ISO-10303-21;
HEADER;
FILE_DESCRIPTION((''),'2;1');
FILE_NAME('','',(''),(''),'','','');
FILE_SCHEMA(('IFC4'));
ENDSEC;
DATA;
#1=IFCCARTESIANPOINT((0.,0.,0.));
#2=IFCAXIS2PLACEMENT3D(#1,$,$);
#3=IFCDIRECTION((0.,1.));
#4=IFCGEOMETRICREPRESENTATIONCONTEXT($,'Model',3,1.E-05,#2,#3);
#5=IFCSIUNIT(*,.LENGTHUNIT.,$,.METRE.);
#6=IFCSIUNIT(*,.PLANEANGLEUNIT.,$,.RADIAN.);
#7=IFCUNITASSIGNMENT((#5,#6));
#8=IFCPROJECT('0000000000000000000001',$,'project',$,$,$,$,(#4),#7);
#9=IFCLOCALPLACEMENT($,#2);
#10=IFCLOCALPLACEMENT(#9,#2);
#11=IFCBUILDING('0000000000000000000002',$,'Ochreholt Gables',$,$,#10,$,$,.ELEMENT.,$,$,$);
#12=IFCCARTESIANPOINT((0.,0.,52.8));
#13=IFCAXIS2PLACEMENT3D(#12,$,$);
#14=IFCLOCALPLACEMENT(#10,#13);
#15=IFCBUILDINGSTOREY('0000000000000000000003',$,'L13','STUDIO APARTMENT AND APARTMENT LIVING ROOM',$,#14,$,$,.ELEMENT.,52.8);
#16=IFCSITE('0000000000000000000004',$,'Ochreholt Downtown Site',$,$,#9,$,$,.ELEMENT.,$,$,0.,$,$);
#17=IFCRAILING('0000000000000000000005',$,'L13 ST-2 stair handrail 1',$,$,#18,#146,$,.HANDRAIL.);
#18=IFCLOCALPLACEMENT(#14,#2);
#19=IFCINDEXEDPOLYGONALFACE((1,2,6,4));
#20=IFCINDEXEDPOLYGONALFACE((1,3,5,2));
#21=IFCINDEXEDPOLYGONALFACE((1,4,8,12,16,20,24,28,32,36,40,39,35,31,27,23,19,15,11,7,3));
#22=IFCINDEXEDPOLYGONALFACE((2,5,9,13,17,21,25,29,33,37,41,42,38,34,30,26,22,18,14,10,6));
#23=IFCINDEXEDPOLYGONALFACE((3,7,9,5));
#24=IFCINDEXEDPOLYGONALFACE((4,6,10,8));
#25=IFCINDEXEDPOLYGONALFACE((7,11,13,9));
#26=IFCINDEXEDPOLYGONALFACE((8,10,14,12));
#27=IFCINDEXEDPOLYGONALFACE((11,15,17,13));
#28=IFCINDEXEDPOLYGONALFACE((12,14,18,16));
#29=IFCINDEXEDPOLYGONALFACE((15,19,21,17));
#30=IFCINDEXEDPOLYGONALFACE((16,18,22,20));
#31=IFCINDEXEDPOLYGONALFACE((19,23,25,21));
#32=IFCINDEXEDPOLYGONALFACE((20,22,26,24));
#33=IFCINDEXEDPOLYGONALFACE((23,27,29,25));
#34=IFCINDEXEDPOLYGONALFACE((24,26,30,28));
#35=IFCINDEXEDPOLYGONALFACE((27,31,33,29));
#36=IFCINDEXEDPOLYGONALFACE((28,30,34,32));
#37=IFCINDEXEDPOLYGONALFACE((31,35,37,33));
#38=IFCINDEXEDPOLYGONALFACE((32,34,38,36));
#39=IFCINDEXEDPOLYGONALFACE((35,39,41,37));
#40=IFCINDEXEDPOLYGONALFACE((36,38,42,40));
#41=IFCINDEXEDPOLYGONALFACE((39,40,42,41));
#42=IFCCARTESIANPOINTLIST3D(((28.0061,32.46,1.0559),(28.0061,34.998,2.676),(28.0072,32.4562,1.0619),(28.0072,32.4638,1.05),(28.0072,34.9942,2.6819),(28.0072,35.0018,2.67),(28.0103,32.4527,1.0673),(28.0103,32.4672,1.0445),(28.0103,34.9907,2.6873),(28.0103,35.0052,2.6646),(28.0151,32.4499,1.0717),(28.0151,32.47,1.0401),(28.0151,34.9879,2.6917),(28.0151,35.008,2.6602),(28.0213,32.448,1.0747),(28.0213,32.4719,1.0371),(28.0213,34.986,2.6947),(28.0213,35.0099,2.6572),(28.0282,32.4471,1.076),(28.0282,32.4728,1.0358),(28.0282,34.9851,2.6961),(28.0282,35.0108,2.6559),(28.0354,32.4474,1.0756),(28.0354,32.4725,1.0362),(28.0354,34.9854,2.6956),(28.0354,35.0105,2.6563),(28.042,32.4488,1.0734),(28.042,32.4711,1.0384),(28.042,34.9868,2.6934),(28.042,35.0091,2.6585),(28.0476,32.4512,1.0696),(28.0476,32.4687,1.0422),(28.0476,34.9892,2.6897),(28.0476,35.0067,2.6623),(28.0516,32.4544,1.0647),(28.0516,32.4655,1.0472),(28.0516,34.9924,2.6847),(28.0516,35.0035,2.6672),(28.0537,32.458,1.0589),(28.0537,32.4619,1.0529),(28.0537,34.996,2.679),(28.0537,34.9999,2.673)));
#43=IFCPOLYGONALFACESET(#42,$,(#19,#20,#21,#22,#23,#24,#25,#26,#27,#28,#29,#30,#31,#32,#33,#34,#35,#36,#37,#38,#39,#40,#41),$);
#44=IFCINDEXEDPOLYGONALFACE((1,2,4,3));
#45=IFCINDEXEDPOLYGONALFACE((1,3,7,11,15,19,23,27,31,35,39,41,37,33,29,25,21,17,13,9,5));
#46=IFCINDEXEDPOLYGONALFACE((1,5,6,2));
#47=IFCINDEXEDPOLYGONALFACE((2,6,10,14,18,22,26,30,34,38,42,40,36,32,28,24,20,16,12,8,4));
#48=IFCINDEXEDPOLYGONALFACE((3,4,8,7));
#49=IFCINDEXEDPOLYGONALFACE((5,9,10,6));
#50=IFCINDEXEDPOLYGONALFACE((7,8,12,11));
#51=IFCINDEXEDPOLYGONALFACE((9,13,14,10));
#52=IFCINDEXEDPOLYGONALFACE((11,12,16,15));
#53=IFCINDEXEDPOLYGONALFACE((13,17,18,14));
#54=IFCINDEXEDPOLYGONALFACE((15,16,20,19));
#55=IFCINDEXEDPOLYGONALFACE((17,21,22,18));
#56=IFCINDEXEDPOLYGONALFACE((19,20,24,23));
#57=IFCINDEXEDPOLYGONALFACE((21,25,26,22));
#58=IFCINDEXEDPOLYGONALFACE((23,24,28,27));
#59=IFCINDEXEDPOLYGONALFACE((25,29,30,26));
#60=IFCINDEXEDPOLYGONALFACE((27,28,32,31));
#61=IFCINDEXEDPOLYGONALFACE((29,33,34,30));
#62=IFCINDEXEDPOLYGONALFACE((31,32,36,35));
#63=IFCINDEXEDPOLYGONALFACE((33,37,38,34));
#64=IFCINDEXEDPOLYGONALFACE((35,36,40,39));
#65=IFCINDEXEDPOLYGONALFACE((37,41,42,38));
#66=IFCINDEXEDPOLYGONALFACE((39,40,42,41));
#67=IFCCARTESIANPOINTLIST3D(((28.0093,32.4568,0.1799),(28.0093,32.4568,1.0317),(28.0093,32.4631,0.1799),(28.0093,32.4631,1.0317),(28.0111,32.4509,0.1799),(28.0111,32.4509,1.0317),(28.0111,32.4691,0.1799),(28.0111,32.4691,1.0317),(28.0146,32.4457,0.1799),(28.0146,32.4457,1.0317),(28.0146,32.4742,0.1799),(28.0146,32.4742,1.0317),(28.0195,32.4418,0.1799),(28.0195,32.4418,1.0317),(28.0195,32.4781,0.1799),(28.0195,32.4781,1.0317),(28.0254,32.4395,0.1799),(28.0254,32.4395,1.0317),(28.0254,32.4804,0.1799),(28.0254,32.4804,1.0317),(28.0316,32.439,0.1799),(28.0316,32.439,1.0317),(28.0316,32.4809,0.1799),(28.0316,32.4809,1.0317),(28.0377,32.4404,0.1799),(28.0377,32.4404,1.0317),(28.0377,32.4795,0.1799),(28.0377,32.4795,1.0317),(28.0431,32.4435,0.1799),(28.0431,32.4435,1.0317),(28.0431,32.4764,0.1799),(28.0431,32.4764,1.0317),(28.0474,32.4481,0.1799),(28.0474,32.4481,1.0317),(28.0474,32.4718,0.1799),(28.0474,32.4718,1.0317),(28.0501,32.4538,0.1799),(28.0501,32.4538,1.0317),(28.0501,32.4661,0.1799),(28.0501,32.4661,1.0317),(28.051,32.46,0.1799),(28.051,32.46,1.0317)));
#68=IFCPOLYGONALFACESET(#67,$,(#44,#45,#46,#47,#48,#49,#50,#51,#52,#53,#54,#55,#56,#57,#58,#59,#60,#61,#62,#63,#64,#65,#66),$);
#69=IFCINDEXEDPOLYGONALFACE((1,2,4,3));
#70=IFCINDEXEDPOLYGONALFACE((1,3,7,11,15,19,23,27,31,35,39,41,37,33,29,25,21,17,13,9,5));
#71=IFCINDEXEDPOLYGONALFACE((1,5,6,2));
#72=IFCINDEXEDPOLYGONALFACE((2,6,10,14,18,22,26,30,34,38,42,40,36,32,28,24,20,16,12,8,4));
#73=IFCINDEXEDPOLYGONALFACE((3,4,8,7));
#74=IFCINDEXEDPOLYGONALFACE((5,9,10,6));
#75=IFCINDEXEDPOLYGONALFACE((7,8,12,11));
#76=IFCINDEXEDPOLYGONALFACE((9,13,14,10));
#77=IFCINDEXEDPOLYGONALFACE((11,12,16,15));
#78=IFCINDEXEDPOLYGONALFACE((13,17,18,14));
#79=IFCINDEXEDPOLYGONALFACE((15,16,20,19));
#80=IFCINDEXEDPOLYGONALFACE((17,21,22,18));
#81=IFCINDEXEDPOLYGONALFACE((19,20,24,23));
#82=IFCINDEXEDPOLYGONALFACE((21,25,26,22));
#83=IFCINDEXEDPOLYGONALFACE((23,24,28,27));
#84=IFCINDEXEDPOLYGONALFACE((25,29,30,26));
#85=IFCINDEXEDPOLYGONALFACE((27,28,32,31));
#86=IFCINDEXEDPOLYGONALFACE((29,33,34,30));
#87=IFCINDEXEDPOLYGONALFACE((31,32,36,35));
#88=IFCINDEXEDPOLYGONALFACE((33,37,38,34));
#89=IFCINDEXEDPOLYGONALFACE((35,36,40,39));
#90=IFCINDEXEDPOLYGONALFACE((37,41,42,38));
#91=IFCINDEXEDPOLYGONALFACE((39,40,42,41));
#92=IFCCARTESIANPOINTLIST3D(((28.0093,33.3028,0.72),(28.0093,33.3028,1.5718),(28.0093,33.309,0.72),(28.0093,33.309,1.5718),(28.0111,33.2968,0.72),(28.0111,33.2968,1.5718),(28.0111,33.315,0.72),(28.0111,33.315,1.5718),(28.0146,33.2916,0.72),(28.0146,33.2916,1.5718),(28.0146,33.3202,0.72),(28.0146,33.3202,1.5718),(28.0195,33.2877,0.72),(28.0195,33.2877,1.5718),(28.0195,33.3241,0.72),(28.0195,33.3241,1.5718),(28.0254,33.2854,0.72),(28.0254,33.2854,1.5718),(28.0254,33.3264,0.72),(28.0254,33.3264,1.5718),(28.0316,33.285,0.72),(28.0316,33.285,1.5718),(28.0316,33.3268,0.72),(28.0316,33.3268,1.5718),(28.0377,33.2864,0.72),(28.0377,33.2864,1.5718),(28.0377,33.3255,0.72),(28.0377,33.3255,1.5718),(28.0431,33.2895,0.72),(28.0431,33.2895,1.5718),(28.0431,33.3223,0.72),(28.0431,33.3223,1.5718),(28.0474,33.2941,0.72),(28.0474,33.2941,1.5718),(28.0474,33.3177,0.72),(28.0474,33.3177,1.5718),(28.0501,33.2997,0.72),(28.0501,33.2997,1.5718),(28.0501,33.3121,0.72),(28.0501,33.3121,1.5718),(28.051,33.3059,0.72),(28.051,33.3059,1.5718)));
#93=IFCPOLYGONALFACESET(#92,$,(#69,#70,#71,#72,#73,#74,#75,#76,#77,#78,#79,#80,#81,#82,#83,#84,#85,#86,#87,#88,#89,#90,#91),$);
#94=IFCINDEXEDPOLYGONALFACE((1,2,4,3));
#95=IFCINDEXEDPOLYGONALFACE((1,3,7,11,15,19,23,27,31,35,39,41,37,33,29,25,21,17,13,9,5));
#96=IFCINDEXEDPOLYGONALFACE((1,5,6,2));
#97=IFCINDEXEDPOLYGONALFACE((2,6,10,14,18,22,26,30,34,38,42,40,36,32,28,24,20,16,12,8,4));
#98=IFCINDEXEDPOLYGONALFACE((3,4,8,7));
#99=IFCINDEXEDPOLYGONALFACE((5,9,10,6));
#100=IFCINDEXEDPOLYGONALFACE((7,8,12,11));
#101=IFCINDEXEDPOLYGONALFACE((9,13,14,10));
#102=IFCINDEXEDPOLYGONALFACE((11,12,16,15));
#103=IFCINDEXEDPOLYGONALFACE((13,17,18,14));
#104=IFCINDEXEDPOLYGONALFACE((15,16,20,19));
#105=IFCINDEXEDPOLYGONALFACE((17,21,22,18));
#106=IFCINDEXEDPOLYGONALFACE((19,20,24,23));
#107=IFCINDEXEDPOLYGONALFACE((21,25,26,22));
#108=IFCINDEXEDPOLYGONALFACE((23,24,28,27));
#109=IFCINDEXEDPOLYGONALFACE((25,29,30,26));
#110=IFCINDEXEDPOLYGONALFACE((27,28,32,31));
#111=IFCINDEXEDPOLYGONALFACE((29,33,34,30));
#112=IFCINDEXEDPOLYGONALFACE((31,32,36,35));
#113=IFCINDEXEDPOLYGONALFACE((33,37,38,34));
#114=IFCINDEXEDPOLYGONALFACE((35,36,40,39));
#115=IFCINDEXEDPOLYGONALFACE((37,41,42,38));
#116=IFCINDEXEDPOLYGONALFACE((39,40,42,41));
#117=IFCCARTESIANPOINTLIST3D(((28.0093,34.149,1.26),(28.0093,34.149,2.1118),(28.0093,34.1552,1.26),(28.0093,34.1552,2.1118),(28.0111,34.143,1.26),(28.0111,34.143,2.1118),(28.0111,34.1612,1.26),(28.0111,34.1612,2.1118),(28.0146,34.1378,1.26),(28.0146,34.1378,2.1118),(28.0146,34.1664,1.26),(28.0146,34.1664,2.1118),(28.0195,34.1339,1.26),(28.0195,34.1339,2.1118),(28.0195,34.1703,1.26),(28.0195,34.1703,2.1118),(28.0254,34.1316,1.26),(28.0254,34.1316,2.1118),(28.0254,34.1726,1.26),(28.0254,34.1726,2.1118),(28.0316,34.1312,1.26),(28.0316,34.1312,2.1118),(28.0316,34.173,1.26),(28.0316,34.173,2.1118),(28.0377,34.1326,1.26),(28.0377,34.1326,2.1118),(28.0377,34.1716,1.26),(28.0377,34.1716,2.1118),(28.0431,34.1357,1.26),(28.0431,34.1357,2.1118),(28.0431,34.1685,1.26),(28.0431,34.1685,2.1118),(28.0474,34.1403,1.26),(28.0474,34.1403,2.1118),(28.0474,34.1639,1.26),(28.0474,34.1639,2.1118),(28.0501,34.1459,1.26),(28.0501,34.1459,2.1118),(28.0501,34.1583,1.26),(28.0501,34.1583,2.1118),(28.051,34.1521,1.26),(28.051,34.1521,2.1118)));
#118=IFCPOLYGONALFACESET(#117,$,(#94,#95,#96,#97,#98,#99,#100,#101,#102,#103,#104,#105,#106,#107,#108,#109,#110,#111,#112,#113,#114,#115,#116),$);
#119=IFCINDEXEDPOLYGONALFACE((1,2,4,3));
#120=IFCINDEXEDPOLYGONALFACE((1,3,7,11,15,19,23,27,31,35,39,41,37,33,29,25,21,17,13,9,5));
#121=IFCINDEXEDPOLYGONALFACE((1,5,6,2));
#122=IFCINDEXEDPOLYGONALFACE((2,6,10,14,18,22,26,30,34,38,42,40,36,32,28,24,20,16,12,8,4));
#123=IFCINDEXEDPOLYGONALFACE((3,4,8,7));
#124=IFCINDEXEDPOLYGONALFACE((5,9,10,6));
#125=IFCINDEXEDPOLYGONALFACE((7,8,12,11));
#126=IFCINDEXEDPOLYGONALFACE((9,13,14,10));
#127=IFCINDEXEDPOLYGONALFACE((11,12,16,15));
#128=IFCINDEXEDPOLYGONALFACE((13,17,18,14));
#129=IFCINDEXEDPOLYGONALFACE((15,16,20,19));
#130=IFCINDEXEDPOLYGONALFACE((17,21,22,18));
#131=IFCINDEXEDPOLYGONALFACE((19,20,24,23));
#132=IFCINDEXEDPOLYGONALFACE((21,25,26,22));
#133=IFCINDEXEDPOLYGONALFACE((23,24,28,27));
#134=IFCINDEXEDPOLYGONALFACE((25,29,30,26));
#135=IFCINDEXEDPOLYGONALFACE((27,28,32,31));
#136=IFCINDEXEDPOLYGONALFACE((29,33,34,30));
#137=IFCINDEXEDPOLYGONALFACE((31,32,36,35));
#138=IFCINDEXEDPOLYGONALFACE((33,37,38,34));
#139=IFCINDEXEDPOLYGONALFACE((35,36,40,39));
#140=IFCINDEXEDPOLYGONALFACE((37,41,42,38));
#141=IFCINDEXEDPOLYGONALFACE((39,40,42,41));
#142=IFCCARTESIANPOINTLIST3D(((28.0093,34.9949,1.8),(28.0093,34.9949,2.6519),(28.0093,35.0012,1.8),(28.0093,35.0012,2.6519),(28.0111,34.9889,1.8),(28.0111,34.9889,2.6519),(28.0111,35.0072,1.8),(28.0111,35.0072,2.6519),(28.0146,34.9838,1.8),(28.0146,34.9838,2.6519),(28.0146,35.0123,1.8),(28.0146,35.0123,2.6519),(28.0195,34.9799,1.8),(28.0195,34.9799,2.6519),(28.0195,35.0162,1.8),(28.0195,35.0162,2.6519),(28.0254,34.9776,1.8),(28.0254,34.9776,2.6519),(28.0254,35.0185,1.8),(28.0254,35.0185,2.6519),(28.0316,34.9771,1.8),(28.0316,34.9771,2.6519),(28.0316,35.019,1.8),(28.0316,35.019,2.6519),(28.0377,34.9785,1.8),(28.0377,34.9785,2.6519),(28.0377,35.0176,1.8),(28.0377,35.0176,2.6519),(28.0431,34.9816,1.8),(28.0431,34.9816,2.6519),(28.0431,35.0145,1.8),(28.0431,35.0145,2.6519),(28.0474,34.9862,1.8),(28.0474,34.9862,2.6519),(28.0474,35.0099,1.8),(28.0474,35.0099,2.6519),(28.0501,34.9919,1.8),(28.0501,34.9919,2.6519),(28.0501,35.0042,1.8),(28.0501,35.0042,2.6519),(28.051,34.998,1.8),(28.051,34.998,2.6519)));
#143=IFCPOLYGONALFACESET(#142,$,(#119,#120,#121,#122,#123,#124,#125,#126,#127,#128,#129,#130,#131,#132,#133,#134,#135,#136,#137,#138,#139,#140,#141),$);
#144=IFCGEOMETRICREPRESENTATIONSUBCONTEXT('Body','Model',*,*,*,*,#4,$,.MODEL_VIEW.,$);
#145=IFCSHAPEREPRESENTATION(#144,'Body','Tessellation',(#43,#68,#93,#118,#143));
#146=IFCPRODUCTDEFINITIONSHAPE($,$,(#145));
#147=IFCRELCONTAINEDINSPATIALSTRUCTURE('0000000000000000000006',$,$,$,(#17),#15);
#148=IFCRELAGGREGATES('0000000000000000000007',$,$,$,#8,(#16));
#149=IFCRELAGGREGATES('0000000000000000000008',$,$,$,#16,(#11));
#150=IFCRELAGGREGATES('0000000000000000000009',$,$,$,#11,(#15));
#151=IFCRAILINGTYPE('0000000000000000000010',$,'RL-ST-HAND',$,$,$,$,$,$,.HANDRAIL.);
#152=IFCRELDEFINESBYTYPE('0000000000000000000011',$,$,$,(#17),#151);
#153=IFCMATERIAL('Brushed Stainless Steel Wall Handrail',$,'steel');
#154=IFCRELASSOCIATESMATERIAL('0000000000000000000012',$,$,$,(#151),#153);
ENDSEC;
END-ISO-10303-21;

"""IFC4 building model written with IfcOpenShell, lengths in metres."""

from ifc_helpers import new_model, si_unit, direction, frame, origin, origin_2d, place, context, subcontext, project, spatial, circle, extrude, material, type_object, element, save


model = new_model("IFC4")

# Units and contexts
model_context = context("Model", 3, precision=1e-05, world=origin(), true_north=direction((0.0, 1.0)))
body_context = subcontext(model_context, "Body", "Model", "MODEL_VIEW")
ifc_project = project(units=[si_unit("LENGTHUNIT", "METRE"), si_unit("PLANEANGLEUNIT", "RADIAN")], contexts=[model_context])

# Site, building, storey
site_placement = place(None, origin())
site = spatial("IfcSite", under=ifc_project, at=site_placement, Name="Ochreholt Downtown Site", CompositionType="ELEMENT", RefElevation=0.0)
building_placement = place(site_placement, origin())
building = spatial("IfcBuilding", under=site, at=building_placement, Name="Ochreholt Gables", CompositionType="ELEMENT")
storey_placement = place(building_placement, frame((0.0, 0.0, 52.8)))
storey = spatial("IfcBuildingStorey", under=building, at=storey_placement, Name="L13", Description="STUDIO APARTMENT AND APARTMENT LIVING ROOM", CompositionType="ELEMENT", Elevation=52.8)

# Railing
ifc_material_1 = material(Name="Brushed Stainless Steel Wall Handrail", Category="steel")
railing_type_1 = type_object("IfcRailingType", Name="RL-ST-HAND", PredefinedType="HANDRAIL", material=ifc_material_1)
railing_1_placement = place(storey_placement, frame((28.03, 32.46, 0.1799)))
element("IfcRailing", 1, at=railing_1_placement, inside=storey, type_object=railing_type_1, Name="L13 ST-2 stair handrail 1", PredefinedType="HANDRAIL", context=body_context, shape_type="SweptSolid", body=[
    extrude(circle(Radius=0.0239, at=origin_2d()), frame((0.0, 0.0, 0.876), z_axis=(0.0, 0.842913, 0.53805), x_axis=(-1.0, 0.0, 0.0)), (0.0, 0.0, 1.0), 3.011),
    extrude(circle(Radius=0.021, at=origin_2d()), origin(), (0.0, 0.0, 1.0), 0.8518),
    extrude(circle(Radius=0.021, at=origin_2d()), frame((0.0, 0.8459, 0.54)), (0.0, 0.0, 1.0), 0.8518),
    extrude(circle(Radius=0.021, at=origin_2d()), frame((0.0, 1.6921, 1.0801)), (0.0, 0.0, 1.0), 0.8518),
    extrude(circle(Radius=0.021, at=origin_2d()), frame((0.0, 2.5381, 1.6201)), (0.0, 0.0, 1.0), 0.8518),
])

save(model, "model.ifc")
